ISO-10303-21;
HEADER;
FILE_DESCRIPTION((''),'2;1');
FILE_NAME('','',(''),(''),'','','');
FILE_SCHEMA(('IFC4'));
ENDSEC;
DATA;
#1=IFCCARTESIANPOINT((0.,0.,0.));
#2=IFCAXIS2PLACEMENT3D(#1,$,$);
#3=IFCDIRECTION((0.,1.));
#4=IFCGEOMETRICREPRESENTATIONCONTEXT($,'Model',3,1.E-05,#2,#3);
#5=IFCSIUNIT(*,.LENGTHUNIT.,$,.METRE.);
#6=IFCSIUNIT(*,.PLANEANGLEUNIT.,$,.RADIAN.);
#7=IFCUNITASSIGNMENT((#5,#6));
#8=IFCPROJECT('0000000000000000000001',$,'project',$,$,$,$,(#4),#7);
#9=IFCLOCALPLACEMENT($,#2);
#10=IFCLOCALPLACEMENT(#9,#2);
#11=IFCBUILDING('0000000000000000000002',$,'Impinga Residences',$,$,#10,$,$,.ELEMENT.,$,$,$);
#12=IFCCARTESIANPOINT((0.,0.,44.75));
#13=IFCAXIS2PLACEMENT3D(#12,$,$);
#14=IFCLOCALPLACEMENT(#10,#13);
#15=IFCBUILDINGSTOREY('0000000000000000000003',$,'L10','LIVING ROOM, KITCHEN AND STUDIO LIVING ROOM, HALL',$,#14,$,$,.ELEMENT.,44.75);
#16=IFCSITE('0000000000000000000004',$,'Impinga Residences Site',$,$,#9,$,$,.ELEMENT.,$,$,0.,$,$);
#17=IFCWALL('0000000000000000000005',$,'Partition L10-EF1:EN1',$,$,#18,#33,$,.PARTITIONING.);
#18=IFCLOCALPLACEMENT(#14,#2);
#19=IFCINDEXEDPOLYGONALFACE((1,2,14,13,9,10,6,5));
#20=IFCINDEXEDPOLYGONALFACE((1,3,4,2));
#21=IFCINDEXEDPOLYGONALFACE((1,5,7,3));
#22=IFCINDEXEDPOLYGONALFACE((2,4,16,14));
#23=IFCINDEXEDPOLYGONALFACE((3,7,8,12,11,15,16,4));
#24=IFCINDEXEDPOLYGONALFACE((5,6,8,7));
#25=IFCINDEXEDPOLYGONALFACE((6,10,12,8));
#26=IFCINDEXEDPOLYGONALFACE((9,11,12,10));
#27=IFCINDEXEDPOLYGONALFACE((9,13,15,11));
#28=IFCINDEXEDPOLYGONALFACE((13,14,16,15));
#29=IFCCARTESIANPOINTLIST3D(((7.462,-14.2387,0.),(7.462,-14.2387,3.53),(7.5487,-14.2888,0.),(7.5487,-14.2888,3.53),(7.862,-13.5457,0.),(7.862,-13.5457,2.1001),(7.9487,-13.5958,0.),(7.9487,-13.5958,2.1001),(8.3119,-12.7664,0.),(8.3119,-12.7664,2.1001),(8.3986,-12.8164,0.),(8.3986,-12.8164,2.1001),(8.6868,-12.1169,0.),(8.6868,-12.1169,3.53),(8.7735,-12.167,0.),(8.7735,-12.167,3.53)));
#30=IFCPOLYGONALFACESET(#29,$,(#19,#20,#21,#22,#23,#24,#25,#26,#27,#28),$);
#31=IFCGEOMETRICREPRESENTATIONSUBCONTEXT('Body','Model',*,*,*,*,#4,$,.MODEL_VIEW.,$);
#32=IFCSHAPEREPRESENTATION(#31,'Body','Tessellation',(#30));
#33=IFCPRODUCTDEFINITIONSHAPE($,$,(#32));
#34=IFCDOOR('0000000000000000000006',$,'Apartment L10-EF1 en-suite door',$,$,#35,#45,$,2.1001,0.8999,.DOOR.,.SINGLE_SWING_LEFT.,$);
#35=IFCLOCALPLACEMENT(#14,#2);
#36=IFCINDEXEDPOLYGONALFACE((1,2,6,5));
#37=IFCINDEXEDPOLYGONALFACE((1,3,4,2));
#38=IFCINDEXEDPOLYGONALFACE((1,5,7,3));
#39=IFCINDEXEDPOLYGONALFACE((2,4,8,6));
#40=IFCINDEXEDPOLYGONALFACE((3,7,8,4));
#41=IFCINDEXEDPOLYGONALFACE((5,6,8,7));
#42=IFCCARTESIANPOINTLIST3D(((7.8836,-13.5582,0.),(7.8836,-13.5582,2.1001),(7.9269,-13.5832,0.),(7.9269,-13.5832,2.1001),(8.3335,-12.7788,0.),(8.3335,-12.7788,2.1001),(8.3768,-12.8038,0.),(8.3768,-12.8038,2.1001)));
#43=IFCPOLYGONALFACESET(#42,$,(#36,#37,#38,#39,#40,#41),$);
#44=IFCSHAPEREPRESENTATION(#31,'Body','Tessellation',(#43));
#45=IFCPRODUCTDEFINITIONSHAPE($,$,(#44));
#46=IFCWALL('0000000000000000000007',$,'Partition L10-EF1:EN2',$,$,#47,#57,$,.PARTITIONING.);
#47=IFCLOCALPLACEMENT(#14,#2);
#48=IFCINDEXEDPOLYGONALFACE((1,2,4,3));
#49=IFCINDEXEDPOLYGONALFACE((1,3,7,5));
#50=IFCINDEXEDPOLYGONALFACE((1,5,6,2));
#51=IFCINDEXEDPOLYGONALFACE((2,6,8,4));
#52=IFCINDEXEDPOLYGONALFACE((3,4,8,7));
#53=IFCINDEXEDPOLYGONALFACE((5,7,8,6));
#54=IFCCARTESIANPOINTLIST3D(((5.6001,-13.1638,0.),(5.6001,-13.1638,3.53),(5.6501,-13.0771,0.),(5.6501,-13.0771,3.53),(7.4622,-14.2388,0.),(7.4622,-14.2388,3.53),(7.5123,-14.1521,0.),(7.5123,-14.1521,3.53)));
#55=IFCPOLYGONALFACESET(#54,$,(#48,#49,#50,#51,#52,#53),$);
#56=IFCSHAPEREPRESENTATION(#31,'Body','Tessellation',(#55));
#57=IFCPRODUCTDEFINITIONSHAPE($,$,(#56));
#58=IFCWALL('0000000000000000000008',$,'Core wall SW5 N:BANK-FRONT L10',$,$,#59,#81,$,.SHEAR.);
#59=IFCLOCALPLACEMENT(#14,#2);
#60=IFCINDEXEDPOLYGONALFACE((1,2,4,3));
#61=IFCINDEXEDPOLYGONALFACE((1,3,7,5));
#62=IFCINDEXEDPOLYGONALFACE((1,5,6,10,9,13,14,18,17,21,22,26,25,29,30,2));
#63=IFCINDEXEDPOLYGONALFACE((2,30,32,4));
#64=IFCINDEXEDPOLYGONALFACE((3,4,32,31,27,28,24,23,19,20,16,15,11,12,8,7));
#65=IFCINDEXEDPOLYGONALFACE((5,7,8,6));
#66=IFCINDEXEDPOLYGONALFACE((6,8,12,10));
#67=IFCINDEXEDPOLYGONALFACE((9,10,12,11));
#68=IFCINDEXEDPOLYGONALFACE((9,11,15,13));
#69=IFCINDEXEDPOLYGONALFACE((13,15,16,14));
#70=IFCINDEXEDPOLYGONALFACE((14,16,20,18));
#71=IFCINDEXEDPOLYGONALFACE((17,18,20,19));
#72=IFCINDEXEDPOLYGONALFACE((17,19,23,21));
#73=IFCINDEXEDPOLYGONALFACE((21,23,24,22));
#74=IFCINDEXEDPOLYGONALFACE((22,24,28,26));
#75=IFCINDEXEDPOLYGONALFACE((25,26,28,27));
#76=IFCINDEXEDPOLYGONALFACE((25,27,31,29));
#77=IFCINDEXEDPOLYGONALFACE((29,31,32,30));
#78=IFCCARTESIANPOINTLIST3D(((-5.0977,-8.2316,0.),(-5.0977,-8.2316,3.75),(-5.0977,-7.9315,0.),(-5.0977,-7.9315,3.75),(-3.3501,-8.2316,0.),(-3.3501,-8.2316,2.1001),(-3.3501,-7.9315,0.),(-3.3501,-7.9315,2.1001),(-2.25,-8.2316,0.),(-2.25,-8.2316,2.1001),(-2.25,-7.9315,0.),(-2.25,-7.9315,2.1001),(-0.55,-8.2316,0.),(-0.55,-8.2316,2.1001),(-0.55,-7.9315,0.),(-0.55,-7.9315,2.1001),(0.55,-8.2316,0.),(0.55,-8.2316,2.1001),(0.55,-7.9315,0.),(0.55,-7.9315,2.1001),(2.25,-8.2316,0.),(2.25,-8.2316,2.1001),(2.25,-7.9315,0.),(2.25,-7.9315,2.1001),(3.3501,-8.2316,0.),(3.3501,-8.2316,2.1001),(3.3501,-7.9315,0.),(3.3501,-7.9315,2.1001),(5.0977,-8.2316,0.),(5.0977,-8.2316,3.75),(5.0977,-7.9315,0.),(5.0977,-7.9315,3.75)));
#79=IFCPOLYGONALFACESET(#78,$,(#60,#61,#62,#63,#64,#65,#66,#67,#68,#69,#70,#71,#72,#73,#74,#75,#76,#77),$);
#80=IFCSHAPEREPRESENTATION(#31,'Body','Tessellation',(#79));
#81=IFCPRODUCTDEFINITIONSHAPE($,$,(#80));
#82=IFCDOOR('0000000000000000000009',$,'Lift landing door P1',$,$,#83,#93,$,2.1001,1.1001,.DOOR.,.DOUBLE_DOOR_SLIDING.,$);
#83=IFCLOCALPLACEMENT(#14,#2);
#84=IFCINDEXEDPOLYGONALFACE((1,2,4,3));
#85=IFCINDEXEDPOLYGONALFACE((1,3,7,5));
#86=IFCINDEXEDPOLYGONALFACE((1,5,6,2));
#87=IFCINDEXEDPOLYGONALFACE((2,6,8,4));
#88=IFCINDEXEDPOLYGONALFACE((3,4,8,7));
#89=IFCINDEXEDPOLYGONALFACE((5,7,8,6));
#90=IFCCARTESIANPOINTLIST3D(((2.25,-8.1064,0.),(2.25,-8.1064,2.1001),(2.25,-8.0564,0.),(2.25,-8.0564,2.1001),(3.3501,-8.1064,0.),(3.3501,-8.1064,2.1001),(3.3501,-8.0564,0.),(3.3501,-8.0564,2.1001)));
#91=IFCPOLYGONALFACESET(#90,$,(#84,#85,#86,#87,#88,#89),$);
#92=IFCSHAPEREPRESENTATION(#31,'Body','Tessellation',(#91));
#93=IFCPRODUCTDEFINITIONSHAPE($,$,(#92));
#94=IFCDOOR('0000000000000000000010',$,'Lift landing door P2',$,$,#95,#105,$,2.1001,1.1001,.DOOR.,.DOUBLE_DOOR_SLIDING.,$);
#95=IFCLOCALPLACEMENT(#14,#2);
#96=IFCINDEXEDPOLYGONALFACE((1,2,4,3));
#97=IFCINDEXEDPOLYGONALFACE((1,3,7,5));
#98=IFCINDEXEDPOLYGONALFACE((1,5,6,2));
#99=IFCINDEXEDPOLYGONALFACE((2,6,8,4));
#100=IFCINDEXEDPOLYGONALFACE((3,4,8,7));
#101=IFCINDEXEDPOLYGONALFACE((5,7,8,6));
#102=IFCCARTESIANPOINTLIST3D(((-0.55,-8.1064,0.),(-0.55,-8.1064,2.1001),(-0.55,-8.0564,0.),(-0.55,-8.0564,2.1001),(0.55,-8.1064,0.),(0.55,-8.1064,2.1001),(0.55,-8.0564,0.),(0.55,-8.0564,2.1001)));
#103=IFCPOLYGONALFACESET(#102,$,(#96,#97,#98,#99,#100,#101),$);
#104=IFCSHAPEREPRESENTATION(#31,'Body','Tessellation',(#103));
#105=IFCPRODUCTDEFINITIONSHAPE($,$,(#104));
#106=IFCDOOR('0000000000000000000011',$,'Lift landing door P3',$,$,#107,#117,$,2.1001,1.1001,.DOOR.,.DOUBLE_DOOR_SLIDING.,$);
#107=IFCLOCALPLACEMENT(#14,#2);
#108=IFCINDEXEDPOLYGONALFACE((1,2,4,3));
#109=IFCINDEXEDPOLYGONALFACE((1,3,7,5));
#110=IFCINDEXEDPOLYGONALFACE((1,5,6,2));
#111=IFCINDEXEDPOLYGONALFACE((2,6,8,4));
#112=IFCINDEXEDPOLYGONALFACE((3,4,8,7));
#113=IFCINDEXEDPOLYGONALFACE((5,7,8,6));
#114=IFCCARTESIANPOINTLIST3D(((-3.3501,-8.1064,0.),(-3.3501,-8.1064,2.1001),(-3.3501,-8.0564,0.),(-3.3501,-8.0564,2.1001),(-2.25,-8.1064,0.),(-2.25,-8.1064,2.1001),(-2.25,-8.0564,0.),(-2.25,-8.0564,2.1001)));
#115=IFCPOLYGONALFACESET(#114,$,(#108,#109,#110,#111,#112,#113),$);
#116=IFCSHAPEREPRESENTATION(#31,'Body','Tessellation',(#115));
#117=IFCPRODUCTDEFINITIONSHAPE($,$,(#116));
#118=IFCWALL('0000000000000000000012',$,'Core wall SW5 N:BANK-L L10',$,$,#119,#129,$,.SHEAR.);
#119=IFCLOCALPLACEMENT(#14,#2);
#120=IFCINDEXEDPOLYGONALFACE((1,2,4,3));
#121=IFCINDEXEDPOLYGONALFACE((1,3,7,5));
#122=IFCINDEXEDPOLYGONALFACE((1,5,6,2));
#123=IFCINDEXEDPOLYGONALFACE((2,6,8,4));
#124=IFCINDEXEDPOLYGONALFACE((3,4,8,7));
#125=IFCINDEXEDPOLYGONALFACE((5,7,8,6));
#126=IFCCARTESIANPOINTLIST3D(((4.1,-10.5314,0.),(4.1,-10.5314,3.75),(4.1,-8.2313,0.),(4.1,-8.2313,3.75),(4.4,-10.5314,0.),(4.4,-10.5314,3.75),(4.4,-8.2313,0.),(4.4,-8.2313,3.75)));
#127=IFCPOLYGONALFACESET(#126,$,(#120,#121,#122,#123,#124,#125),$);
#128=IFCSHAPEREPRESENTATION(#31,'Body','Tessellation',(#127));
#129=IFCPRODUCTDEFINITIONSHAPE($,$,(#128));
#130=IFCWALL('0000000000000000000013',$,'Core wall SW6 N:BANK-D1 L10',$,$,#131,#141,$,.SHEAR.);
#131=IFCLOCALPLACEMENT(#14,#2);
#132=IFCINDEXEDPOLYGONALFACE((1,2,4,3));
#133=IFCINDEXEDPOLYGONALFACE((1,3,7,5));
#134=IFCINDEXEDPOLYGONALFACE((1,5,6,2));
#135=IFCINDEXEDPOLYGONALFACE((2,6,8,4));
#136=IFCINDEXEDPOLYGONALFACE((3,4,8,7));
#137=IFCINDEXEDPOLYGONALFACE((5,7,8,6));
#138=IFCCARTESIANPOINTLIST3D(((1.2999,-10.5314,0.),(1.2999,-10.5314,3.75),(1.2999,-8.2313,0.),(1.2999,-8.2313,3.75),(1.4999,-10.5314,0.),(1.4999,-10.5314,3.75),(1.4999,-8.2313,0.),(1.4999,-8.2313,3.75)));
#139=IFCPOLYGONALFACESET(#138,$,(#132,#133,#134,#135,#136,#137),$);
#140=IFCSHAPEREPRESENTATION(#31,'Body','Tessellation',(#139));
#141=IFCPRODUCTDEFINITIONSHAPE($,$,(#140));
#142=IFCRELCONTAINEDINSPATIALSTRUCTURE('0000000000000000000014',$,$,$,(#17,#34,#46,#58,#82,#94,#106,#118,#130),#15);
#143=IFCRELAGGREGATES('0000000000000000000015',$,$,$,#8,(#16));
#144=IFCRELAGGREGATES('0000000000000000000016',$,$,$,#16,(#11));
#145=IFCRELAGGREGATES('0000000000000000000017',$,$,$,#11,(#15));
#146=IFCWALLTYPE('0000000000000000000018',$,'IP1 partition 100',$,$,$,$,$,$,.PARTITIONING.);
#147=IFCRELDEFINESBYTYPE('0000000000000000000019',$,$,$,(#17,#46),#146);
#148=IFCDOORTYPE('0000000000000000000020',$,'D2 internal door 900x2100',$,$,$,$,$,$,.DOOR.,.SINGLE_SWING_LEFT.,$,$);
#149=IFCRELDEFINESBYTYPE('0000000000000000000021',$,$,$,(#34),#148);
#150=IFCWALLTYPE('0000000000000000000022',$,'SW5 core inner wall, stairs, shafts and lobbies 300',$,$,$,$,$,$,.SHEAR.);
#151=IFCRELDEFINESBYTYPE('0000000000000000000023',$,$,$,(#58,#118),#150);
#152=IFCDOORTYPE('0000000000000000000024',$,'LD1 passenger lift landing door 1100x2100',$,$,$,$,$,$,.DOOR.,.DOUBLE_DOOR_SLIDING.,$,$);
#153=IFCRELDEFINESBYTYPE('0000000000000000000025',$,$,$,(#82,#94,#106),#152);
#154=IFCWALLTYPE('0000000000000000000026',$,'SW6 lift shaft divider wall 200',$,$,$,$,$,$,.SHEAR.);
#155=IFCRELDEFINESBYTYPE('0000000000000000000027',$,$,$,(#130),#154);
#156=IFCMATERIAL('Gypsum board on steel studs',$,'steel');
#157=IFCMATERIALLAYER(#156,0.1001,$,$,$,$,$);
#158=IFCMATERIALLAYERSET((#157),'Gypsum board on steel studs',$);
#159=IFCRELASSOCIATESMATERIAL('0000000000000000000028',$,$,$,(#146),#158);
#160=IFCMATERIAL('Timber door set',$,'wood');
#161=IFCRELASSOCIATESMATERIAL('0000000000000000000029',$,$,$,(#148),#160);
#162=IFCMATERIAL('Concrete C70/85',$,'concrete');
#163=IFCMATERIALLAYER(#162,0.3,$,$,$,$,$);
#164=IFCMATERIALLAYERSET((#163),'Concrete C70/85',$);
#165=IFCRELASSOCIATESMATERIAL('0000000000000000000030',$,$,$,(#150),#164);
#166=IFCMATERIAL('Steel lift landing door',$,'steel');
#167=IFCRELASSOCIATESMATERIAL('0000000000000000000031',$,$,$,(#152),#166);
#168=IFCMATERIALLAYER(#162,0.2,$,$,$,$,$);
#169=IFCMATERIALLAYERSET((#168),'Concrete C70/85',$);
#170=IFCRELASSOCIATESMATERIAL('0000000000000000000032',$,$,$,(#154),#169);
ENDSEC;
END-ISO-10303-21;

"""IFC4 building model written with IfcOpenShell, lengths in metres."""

from ifc_helpers import new_model, si_unit, direction, frame, frame_2d, origin, place, context, subcontext, project, spatial, rectangle, extrude, material, layer, layer_set, type_object, element, fill, save


model = new_model("IFC4")

# Units and contexts
model_context = context("Model", 3, precision=1e-05, world=origin(), true_north=direction((0.0, 1.0)))
body_context = subcontext(model_context, "Body", "Model", "MODEL_VIEW")
ifc_project = project(units=[si_unit("LENGTHUNIT", "METRE"), si_unit("PLANEANGLEUNIT", "RADIAN")], contexts=[model_context])

# Site, building, storey
site_placement = place(None, origin())
site = spatial("IfcSite", under=ifc_project, at=site_placement, Name="Impinga Residences Site", CompositionType="ELEMENT", RefElevation=0.0)
building_placement = place(site_placement, origin())
building = spatial("IfcBuilding", under=site, at=building_placement, Name="Impinga Residences", CompositionType="ELEMENT")
storey_placement = place(building_placement, frame((0.0, 0.0, 44.75)))
storey = spatial("IfcBuildingStorey", under=building, at=storey_placement, Name="L10", Description="LIVING ROOM, KITCHEN AND STUDIO LIVING ROOM, HALL", CompositionType="ELEMENT", Elevation=44.75)

# Shared definitions
ifc_material_1 = material(Name="Concrete C70/85", Category="concrete")

# Shared definitions
ifc_material_2 = material(Name="Gypsum board on steel studs", Category="steel")
ifc_layer_1 = layer(ifc_material_2, 0.1001)
ifc_layer_set_1 = layer_set([ifc_layer_1], Name="Gypsum board on steel studs")
wall_type_1 = type_object("IfcWallType", Name="IP1 partition 100", PredefinedType="PARTITIONING", material=ifc_layer_set_1)

# Shared definitions
ifc_material_3 = material(Name="Timber door set", Category="wood")
door_type_1 = type_object("IfcDoorType", Name="D2 internal door 900x2100", OperationType="SINGLE_SWING_LEFT", PredefinedType="DOOR", material=ifc_material_3)

# Wall, opening, door
wall_1_placement = place(storey_placement, frame((8.7302, -12.1418, 0.0), z_axis=(0.0, 0.0, 1.0), x_axis=(-0.499944, -0.866058, 0.0)))
wall_1 = element("IfcWall", 1, at=wall_1_placement, inside=storey, type_object=wall_type_1, Name="Partition L10-EF1:EN1", PredefinedType="PARTITIONING", context=body_context, shape_type="SweptSolid", body=[
    extrude(rectangle(XDim=2.45, YDim=0.1001, at=frame_2d((1.2251, 0.0))), origin(), (0.0, 0.0, 1.0), 3.53),
])
opening_1_placement = place(wall_1_placement, frame((0.75, 0.0, 0.0)))
opening_1 = element("IfcOpeningElement", 2, at=opening_1_placement, cuts=wall_1, PredefinedType="OPENING", context=body_context, shape_type="SweptSolid", body=[
    extrude(rectangle(XDim=0.8999, YDim=2.1001, at=frame_2d((0.45, 1.05))), frame((0.0, 0.0601, 0.0), z_axis=(0.0, -1.0, 0.0), x_axis=(1.0, 0.0, 0.0)), (0.0, 0.0, 1.0), 0.1201),
])
door_1_placement = place(opening_1_placement, origin())
door_1 = element("IfcDoor", 3, at=door_1_placement, inside=storey, type_object=door_type_1, Name="Apartment L10-EF1 en-suite door", OperationType="SINGLE_SWING_LEFT", OverallHeight=2.1001, OverallWidth=0.8999, PredefinedType="DOOR", context=body_context, shape_type="SweptSolid", body=[
    extrude(rectangle(XDim=0.8999, YDim=2.1001, at=frame_2d((0.45, 1.05))), frame((0.0, 0.0249, 0.0), z_axis=(0.0, -1.0, 0.0), x_axis=(1.0, 0.0, 0.0)), (0.0, 0.0, 1.0), 0.05),
])
fill(opening_1, door_1)

# Wall
wall_2_placement = place(storey_placement, frame((5.625, -13.1204, 0.0), z_axis=(0.0, 0.0, 1.0), x_axis=(0.866048, -0.499962, 0.0)))
element("IfcWall", 4, at=wall_2_placement, inside=storey, type_object=wall_type_1, Name="Partition L10-EF1:EN2", PredefinedType="PARTITIONING", context=body_context, shape_type="SweptSolid", body=[
    extrude(rectangle(XDim=2.1501, YDim=0.1001, at=frame_2d((1.0752, 0.0))), origin(), (0.0, 0.0, 1.0), 3.53),
])

# Wall, openings, doors
ifc_layer_2 = layer(ifc_material_1, 0.3)
ifc_layer_set_2 = layer_set([ifc_layer_2], Name="Concrete C70/85")
wall_type_2 = type_object("IfcWallType", Name="SW5 core inner wall, stairs, shafts and lobbies 300", PredefinedType="SHEAR", material=ifc_layer_set_2)
wall_3_placement = place(storey_placement, frame((5.0977, -8.0815, 0.0), z_axis=(0.0, 0.0, 1.0), x_axis=(-1.0, 0.0, 0.0)))
wall_3 = element("IfcWall", 5, at=wall_3_placement, inside=storey, type_object=wall_type_2, Name="Core wall SW5 N:BANK-FRONT L10", PredefinedType="SHEAR", context=body_context, shape_type="SweptSolid", body=[
    extrude(rectangle(XDim=10.1953, YDim=0.3, at=frame_2d((5.0977, 0.0))), origin(), (0.0, 0.0, 1.0), 3.75),
])
opening_2_placement = place(wall_3_placement, frame((1.7476, 0.0, 0.0)))
opening_2 = element("IfcOpeningElement", 6, at=opening_2_placement, cuts=wall_3, PredefinedType="OPENING", context=body_context, shape_type="SweptSolid", body=[
    extrude(rectangle(XDim=1.1001, YDim=2.1001, at=frame_2d((0.55, 1.05))), frame((0.0, 0.1599, 0.0), z_axis=(0.0, -1.0, 0.0), x_axis=(1.0, 0.0, 0.0)), (0.0, 0.0, 1.0), 0.3201),
])
opening_3_placement = place(wall_3_placement, frame((4.5476, 0.0, 0.0)))
opening_3 = element("IfcOpeningElement", 7, at=opening_3_placement, cuts=wall_3, PredefinedType="OPENING", context=body_context, shape_type="SweptSolid", body=[
    extrude(rectangle(XDim=1.1001, YDim=2.1001, at=frame_2d((0.55, 1.05))), frame((0.0, 0.1599, 0.0), z_axis=(0.0, -1.0, 0.0), x_axis=(1.0, 0.0, 0.0)), (0.0, 0.0, 1.0), 0.3201),
])
opening_4_placement = place(wall_3_placement, frame((7.3477, 0.0, 0.0)))
opening_4 = element("IfcOpeningElement", 8, at=opening_4_placement, cuts=wall_3, PredefinedType="OPENING", context=body_context, shape_type="SweptSolid", body=[
    extrude(rectangle(XDim=1.1001, YDim=2.1001, at=frame_2d((0.55, 1.05))), frame((0.0, 0.1599, 0.0), z_axis=(0.0, -1.0, 0.0), x_axis=(1.0, 0.0, 0.0)), (0.0, 0.0, 1.0), 0.3201),
])
ifc_material_4 = material(Name="Steel lift landing door", Category="steel")
door_type_2 = type_object("IfcDoorType", Name="LD1 passenger lift landing door 1100x2100", OperationType="DOUBLE_DOOR_SLIDING", PredefinedType="DOOR", material=ifc_material_4)
door_2_placement = place(opening_2_placement, origin())
door_2 = element("IfcDoor", 9, at=door_2_placement, inside=storey, type_object=door_type_2, Name="Lift landing door P1", OperationType="DOUBLE_DOOR_SLIDING", OverallHeight=2.1001, OverallWidth=1.1001, PredefinedType="DOOR", context=body_context, shape_type="SweptSolid", body=[
    extrude(rectangle(XDim=1.1001, YDim=2.1001, at=frame_2d((0.55, 1.05))), frame((0.0, 0.0249, 0.0), z_axis=(0.0, -1.0, 0.0), x_axis=(1.0, 0.0, 0.0)), (0.0, 0.0, 1.0), 0.05),
])
fill(opening_2, door_2)
door_3_placement = place(opening_3_placement, origin())
door_3 = element("IfcDoor", 10, at=door_3_placement, inside=storey, type_object=door_type_2, Name="Lift landing door P2", OperationType="DOUBLE_DOOR_SLIDING", OverallHeight=2.1001, OverallWidth=1.1001, PredefinedType="DOOR", context=body_context, shape_type="SweptSolid", body=[
    extrude(rectangle(XDim=1.1001, YDim=2.1001, at=frame_2d((0.55, 1.05))), frame((0.0, 0.0249, 0.0), z_axis=(0.0, -1.0, 0.0), x_axis=(1.0, 0.0, 0.0)), (0.0, 0.0, 1.0), 0.05),
])
fill(opening_3, door_3)
door_4_placement = place(opening_4_placement, origin())
door_4 = element("IfcDoor", 11, at=door_4_placement, inside=storey, type_object=door_type_2, Name="Lift landing door P3", OperationType="DOUBLE_DOOR_SLIDING", OverallHeight=2.1001, OverallWidth=1.1001, PredefinedType="DOOR", context=body_context, shape_type="SweptSolid", body=[
    extrude(rectangle(XDim=1.1001, YDim=2.1001, at=frame_2d((0.55, 1.05))), frame((0.0, 0.0249, 0.0), z_axis=(0.0, -1.0, 0.0), x_axis=(1.0, 0.0, 0.0)), (0.0, 0.0, 1.0), 0.05),
])
fill(opening_4, door_4)

# Walls
wall_4_placement = place(storey_placement, frame((4.25, -8.2314, 0.0), z_axis=(0.0, 0.0, 1.0), x_axis=(0.0, -1.0, 0.0)))
element("IfcWall", 12, at=wall_4_placement, inside=storey, type_object=wall_type_2, Name="Core wall SW5 N:BANK-L L10", PredefinedType="SHEAR", context=body_context, shape_type="SweptSolid", body=[
    extrude(rectangle(XDim=2.3, YDim=0.3, at=frame_2d((1.1499, 0.0))), origin(), (0.0, 0.0, 1.0), 3.75),
])
ifc_layer_3 = layer(ifc_material_1, 0.2)
ifc_layer_set_3 = layer_set([ifc_layer_3], Name="Concrete C70/85")
wall_type_3 = type_object("IfcWallType", Name="SW6 lift shaft divider wall 200", PredefinedType="SHEAR", material=ifc_layer_set_3)
wall_5_placement = place(storey_placement, frame((1.3999, -8.2314, 0.0), z_axis=(0.0, 0.0, 1.0), x_axis=(0.0, -1.0, 0.0)))
element("IfcWall", 13, at=wall_5_placement, inside=storey, type_object=wall_type_3, Name="Core wall SW6 N:BANK-D1 L10", PredefinedType="SHEAR", context=body_context, shape_type="SweptSolid", body=[
    extrude(rectangle(XDim=2.3, YDim=0.2, at=frame_2d((1.1499, 0.0))), origin(), (0.0, 0.0, 1.0), 3.75),
])

save(model, "model.ifc")
